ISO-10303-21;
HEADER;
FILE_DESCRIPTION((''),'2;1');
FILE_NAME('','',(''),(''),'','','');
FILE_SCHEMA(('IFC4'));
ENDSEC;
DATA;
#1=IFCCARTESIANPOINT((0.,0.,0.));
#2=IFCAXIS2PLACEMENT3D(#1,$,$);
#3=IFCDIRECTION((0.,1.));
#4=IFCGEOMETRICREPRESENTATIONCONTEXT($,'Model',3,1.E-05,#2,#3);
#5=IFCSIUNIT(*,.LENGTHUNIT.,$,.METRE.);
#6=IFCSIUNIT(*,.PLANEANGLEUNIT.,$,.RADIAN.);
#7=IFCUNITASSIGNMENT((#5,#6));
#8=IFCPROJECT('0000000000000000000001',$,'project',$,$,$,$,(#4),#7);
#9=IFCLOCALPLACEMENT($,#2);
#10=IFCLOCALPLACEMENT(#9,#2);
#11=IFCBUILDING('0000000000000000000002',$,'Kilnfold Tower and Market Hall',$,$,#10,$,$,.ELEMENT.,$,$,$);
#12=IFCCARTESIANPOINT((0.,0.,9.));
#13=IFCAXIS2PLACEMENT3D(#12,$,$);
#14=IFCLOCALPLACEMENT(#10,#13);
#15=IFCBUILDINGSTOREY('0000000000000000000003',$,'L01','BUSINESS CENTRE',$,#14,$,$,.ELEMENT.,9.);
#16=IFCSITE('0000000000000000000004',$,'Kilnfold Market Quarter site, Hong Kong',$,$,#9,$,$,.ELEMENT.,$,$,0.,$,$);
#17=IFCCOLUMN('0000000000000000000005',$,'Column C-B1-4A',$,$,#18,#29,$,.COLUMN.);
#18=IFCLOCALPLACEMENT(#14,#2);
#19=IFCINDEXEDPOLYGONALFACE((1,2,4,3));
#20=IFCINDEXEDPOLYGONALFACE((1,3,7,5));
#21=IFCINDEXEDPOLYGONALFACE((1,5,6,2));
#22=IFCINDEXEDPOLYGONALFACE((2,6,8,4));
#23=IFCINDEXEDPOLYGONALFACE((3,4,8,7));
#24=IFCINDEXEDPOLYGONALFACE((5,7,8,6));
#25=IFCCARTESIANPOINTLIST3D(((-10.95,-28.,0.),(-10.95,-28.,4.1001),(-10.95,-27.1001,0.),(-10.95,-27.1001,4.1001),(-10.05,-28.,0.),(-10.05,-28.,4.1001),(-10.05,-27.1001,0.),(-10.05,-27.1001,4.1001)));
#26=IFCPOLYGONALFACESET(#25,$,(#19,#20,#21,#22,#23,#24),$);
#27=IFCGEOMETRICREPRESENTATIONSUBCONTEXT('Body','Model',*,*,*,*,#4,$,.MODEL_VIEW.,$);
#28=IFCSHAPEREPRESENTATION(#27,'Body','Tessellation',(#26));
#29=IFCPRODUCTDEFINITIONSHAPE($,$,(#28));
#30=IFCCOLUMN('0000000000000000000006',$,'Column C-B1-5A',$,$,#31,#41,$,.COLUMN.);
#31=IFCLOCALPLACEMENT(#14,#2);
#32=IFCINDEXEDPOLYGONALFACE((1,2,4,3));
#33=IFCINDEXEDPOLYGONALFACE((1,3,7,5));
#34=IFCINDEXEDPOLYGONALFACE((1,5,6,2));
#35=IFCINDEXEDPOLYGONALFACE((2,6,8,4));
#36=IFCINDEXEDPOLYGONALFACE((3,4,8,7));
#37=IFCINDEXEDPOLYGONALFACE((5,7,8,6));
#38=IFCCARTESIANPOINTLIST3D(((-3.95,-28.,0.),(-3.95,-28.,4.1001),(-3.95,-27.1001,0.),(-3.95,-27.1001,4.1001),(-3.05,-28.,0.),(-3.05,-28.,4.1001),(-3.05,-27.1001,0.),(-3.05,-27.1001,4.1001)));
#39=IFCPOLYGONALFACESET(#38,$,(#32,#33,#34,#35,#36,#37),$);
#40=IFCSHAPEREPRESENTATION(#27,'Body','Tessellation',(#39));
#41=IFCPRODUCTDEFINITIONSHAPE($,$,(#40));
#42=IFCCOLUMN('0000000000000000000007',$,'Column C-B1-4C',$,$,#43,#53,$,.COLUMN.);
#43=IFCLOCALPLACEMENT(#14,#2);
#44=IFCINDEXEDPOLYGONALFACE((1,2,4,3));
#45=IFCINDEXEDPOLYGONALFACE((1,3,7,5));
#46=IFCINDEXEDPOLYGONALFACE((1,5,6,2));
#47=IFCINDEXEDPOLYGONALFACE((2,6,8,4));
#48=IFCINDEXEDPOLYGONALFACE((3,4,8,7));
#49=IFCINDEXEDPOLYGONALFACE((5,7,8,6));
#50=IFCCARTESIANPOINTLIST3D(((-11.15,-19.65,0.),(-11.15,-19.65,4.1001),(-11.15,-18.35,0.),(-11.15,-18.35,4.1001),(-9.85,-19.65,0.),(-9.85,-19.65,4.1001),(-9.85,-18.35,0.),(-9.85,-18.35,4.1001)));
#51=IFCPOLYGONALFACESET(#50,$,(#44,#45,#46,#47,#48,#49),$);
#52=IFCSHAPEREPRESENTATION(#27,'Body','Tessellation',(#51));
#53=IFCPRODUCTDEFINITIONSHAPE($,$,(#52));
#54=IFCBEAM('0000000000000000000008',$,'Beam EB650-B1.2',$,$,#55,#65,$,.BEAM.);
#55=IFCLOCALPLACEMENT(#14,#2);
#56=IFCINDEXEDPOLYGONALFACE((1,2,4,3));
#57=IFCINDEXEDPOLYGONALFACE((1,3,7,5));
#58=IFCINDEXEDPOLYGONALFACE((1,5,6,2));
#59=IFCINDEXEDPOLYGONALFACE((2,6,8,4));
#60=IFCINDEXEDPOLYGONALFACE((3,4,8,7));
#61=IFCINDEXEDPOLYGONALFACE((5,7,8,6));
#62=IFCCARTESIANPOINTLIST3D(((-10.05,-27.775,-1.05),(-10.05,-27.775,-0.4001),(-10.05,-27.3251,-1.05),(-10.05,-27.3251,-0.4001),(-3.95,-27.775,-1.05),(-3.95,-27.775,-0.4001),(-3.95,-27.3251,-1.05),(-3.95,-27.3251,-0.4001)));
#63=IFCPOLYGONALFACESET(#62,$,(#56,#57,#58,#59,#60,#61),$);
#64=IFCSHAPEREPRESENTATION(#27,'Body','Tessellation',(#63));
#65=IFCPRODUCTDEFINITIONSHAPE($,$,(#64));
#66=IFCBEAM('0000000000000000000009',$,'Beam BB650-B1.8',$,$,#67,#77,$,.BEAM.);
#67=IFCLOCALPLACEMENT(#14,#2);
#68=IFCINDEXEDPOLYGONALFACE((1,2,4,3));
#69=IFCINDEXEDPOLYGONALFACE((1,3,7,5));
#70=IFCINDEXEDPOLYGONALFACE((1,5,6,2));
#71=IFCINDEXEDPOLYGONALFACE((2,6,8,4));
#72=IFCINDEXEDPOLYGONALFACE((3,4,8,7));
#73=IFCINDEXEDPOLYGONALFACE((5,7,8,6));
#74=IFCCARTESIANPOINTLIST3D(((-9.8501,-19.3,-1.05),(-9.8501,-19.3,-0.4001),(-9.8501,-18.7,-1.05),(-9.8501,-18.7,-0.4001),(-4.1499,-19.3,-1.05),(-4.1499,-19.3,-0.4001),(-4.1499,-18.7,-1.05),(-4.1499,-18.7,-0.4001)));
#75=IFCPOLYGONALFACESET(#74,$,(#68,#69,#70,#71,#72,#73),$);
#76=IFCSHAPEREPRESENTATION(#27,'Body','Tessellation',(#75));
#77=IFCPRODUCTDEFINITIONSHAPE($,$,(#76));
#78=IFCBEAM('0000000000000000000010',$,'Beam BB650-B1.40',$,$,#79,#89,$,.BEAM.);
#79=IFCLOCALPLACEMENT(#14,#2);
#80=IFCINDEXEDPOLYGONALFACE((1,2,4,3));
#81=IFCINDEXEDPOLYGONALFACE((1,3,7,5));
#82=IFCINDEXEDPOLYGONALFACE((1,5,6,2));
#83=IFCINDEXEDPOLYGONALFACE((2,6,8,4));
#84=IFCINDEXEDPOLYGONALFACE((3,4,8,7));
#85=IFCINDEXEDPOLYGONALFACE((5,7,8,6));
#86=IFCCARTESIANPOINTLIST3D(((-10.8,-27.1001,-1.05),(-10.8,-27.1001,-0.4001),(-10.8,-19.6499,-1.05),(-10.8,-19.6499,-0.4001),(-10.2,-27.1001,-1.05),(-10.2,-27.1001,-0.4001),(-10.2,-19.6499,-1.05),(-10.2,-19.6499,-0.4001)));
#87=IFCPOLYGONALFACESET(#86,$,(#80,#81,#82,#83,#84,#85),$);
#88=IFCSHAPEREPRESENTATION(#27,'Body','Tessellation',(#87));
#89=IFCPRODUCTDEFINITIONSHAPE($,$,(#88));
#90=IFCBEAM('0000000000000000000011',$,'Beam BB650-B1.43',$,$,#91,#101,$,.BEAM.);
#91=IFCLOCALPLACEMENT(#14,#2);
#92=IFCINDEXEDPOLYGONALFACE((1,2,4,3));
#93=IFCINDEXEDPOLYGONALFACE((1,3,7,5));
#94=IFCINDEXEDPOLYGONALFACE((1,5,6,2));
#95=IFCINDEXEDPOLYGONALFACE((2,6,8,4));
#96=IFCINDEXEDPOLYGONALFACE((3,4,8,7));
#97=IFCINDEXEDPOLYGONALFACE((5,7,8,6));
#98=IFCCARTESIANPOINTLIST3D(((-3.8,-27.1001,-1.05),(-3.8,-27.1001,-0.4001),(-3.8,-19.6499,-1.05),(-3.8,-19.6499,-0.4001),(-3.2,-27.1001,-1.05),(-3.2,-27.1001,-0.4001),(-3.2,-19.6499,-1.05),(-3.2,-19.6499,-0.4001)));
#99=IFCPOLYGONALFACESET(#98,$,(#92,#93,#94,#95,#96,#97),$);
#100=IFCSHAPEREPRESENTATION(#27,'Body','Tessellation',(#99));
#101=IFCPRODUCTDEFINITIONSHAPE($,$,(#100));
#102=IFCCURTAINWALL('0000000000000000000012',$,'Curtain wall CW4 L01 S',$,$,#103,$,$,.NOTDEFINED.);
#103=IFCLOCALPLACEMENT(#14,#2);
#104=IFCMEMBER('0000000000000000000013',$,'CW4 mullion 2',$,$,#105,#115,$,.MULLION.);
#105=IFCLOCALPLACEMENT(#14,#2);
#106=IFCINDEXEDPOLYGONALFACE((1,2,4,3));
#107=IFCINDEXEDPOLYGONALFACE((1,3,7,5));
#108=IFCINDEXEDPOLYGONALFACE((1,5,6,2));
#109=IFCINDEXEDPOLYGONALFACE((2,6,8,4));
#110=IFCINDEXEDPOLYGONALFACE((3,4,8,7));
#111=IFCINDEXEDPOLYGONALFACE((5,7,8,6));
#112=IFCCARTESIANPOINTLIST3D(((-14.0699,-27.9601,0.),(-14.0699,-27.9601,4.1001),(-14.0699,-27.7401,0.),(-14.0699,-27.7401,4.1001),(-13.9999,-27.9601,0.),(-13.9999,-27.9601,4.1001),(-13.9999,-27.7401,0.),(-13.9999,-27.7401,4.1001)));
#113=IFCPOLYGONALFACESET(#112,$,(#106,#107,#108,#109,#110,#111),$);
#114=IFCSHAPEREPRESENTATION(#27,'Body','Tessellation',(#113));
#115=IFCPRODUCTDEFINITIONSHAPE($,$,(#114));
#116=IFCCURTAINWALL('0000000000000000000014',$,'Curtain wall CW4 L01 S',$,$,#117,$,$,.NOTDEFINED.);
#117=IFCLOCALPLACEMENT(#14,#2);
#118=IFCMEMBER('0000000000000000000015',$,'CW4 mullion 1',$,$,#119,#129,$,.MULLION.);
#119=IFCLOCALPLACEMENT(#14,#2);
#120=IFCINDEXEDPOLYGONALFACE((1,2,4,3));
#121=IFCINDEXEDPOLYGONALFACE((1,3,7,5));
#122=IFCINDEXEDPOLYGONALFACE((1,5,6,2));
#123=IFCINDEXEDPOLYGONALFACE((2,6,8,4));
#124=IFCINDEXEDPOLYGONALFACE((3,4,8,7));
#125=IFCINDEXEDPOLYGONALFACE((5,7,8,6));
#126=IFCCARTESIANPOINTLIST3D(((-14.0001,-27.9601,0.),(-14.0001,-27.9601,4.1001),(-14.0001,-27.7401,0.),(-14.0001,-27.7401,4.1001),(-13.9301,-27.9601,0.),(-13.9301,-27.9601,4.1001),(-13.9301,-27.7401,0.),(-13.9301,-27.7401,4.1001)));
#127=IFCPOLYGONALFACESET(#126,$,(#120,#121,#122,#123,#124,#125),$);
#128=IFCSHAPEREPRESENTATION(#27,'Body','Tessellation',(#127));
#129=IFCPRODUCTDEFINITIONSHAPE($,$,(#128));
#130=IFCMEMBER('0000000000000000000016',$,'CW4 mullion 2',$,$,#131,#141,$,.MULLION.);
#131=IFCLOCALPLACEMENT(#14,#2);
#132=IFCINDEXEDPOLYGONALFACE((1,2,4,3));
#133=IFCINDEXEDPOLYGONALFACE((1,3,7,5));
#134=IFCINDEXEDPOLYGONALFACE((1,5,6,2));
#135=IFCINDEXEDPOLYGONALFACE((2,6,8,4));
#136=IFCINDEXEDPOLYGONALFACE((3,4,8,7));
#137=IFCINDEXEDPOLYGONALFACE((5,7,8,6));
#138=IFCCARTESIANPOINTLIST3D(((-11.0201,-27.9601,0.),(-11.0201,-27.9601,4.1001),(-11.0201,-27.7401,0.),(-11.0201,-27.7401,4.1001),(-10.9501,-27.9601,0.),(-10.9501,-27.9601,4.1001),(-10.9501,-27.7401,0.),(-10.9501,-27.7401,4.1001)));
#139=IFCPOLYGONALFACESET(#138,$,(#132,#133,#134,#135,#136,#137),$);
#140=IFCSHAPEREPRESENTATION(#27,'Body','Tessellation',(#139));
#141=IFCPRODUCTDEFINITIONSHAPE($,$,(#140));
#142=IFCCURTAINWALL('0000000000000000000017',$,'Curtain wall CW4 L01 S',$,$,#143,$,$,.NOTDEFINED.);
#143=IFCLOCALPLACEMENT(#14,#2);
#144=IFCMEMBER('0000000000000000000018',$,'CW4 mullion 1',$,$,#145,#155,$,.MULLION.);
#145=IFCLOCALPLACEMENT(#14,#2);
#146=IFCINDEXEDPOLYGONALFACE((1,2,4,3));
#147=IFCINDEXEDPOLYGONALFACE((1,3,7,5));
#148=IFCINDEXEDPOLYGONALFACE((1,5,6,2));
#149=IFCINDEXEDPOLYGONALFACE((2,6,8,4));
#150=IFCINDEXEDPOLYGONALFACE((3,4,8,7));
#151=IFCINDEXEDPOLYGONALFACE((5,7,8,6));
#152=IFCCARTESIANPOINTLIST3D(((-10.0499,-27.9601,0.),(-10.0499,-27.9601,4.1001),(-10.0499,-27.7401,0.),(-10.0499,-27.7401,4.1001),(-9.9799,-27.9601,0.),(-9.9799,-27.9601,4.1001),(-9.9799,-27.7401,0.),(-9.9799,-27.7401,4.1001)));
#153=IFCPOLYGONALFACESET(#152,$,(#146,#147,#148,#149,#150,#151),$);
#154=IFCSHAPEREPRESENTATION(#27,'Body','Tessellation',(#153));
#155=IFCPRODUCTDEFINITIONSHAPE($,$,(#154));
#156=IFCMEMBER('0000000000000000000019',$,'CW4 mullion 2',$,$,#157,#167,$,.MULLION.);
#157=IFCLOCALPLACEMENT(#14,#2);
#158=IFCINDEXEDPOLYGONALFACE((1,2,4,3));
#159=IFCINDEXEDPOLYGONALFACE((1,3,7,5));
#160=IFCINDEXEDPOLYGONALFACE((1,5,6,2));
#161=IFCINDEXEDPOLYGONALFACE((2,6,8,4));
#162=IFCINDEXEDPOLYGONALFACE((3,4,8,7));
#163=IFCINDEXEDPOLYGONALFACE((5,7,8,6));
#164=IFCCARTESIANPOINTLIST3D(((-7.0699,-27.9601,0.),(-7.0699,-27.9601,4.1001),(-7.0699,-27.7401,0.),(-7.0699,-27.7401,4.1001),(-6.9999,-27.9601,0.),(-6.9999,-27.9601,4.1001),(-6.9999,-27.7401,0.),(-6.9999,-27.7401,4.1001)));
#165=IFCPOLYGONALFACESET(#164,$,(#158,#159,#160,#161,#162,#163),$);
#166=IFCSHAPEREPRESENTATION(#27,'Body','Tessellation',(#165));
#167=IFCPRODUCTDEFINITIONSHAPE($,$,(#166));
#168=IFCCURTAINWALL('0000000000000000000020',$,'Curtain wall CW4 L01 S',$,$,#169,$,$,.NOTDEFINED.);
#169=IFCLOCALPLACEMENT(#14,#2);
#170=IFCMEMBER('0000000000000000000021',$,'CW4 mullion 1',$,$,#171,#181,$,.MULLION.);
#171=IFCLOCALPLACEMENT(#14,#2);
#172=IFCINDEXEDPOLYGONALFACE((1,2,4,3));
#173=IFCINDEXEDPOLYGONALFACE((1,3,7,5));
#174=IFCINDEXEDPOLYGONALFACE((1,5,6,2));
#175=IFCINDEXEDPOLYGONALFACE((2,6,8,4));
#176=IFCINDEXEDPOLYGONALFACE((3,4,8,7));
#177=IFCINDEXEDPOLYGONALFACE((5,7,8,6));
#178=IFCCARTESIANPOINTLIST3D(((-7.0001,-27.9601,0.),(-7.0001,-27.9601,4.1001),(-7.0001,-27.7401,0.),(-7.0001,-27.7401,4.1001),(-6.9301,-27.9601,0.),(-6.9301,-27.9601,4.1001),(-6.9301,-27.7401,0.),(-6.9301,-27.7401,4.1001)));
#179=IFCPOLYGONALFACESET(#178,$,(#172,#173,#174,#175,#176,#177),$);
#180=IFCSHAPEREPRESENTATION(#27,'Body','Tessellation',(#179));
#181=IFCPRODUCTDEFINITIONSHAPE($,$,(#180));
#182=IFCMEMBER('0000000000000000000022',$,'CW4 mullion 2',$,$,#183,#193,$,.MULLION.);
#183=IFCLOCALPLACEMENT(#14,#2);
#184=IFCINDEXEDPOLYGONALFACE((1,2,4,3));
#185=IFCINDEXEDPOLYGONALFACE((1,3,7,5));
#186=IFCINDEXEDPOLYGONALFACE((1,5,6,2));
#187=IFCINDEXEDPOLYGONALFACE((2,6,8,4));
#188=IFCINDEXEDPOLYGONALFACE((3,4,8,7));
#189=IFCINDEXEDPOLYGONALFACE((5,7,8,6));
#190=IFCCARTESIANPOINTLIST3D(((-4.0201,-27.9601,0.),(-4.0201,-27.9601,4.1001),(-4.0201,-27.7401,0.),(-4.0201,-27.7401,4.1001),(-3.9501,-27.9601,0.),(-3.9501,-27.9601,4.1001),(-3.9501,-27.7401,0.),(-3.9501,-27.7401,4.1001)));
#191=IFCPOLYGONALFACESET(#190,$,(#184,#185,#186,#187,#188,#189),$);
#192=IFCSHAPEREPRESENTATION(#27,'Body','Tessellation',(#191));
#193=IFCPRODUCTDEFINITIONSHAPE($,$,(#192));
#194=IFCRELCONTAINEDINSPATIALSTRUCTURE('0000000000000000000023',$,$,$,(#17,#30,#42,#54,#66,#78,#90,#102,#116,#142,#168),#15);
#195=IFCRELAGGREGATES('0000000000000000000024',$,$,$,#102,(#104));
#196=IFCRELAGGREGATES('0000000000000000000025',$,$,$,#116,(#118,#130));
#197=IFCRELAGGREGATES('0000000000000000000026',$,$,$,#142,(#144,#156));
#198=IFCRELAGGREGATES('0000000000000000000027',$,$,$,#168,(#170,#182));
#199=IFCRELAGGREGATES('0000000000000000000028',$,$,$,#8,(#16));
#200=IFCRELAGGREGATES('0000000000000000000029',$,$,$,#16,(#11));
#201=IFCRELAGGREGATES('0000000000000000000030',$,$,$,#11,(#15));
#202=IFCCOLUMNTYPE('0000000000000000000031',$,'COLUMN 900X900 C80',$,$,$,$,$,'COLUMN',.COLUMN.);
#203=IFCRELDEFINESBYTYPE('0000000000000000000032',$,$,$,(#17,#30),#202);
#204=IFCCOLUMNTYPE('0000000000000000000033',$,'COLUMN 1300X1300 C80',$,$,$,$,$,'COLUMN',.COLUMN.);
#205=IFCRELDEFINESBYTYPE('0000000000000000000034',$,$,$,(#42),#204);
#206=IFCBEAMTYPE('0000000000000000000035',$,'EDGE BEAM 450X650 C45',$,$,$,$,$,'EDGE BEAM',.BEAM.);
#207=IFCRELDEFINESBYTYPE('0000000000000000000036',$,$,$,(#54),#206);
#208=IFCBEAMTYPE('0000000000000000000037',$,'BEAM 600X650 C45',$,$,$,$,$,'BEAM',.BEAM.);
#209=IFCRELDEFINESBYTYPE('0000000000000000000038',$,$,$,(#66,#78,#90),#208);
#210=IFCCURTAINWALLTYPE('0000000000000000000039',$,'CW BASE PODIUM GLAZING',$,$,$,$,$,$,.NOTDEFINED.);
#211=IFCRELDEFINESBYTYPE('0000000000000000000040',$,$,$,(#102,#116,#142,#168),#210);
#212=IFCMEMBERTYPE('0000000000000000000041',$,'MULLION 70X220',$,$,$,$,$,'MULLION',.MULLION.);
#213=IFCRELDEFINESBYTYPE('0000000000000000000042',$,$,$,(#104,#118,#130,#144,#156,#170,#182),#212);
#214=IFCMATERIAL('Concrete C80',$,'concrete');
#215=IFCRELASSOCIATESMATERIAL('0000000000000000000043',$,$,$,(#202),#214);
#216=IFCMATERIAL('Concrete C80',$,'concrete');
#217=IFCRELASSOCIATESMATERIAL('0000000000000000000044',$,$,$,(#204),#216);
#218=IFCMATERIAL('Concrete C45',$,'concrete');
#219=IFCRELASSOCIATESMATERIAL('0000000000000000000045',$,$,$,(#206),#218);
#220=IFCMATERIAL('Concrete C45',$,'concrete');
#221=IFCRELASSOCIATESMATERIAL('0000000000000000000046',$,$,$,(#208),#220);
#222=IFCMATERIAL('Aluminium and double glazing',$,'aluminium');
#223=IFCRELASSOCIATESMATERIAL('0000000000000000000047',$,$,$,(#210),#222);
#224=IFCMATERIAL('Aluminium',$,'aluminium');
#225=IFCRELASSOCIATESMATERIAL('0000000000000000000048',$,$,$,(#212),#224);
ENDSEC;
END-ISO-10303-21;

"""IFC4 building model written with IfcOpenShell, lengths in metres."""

from ifc_helpers import new_model, si_unit, direction, frame, origin, origin_2d, place, context, subcontext, project, spatial, rectangle, extrude, source, transform, mapped, material, material_profile, profile_set, type_object, element, aggregate, save


model = new_model("IFC4")

# Units and contexts
model_context = context("Model", 3, precision=1e-05, world=origin(), true_north=direction((0.0, 1.0)))
body_context = subcontext(model_context, "Body", "Model", "MODEL_VIEW")
ifc_project = project(units=[si_unit("LENGTHUNIT", "METRE"), si_unit("PLANEANGLEUNIT", "RADIAN")], contexts=[model_context])

# Site, building, storey
site_placement = place(None, origin())
site = spatial("IfcSite", under=ifc_project, at=site_placement, Name="Kilnfold Market Quarter site, Hong Kong", CompositionType="ELEMENT", RefElevation=0.0)
building_placement = place(site_placement, origin())
building = spatial("IfcBuilding", under=site, at=building_placement, Name="Kilnfold Tower and Market Hall", CompositionType="ELEMENT")
storey_placement = place(building_placement, frame((0.0, 0.0, 9.0)))
storey = spatial("IfcBuildingStorey", under=building, at=storey_placement, Name="L01", Description="BUSINESS CENTRE", CompositionType="ELEMENT", Elevation=9.0)

# Columns
ifc_material_1 = material(Name="Concrete C80", Category="concrete")
ifc_material_profile_1 = material_profile(ifc_material_1, rectangle(XDim=0.8999, YDim=0.8999, at=origin_2d()), Name="RC 900x900")
ifc_profile_set_1 = profile_set([ifc_material_profile_1], Name="Concrete C80")
column_type_1 = type_object("IfcColumnType", Name="COLUMN 900X900 C80", ElementType="COLUMN", PredefinedType="COLUMN", material=ifc_profile_set_1)
shared_shape_1 = source(origin(), body_context, "Body", "SweptSolid", [
    extrude(rectangle(XDim=0.8999, YDim=0.8999, at=origin_2d()), origin(), (0.0, 0.0, 1.0), 4.1001),
])
for number, where, z_axis, x_axis, name in (
    (1, (-10.5, -27.55, 0.0), (0.0, 0.0, 1.0), (1.0, 0.0, 0.0), "Column C-B1-4A"),
    (2, (-3.5, -27.55, 0.0), (0.0, 0.0, 1.0), (1.0, 0.0, 0.0), "Column C-B1-5A"),
):
    element("IfcColumn", number, at=place(storey_placement, frame(where, z_axis=z_axis, x_axis=x_axis)), inside=storey, type_object=column_type_1, Name=name, PredefinedType="COLUMN", context=body_context, shape_type="MappedRepresentation", body=[
        mapped(shared_shape_1, transform((0.0, 0.0, 0.0))),
    ])
ifc_material_2 = material(Name="Concrete C80", Category="concrete")
ifc_material_profile_2 = material_profile(ifc_material_2, rectangle(XDim=1.3, YDim=1.3, at=origin_2d()), Name="RC 1300x1300")
ifc_profile_set_2 = profile_set([ifc_material_profile_2], Name="Concrete C80")
column_type_2 = type_object("IfcColumnType", Name="COLUMN 1300X1300 C80", ElementType="COLUMN", PredefinedType="COLUMN", material=ifc_profile_set_2)
shared_shape_2 = source(origin(), body_context, "Body", "SweptSolid", [
    extrude(rectangle(XDim=1.3, YDim=1.3, at=origin_2d()), origin(), (0.0, 0.0, 1.0), 4.1001),
])
column_placement = place(storey_placement, frame((-10.5, -19.0, 0.0), z_axis=(0.0, 0.0, 1.0), x_axis=(1.0, 0.0, 0.0)))
element("IfcColumn", 3, at=column_placement, inside=storey, type_object=column_type_2, Name="Column C-B1-4C", PredefinedType="COLUMN", context=body_context, shape_type="MappedRepresentation", body=[
    mapped(shared_shape_2, transform((0.0, 0.0, 0.0))),
])

# Beams
ifc_material_3 = material(Name="Concrete C45", Category="concrete")
ifc_material_profile_3 = material_profile(ifc_material_3, rectangle(XDim=0.45, YDim=0.6499, at=origin_2d()), Name="RC 450x650")
ifc_profile_set_3 = profile_set([ifc_material_profile_3], Name="Concrete C45")
beam_type_1 = type_object("IfcBeamType", Name="EDGE BEAM 450X650 C45", ElementType="EDGE BEAM", PredefinedType="BEAM", material=ifc_profile_set_3)
shared_shape_3 = source(origin(), body_context, "Body", "SweptSolid", [
    extrude(rectangle(XDim=0.45, YDim=0.6499, at=origin_2d()), origin(), (0.0, 0.0, 1.0), 6.1001),
])
beam_1_placement = place(storey_placement, frame((-10.05, -27.55, -0.7251), z_axis=(1.0, 0.0, 0.0), x_axis=(0.0, 1.0, 0.0)))
element("IfcBeam", 4, at=beam_1_placement, inside=storey, type_object=beam_type_1, Name="Beam EB650-B1.2", PredefinedType="BEAM", context=body_context, shape_type="MappedRepresentation", body=[
    mapped(shared_shape_3, transform((0.0, 0.0, 0.0))),
])
ifc_material_4 = material(Name="Concrete C45", Category="concrete")
ifc_material_profile_4 = material_profile(ifc_material_4, rectangle(XDim=0.6001, YDim=0.6499, at=origin_2d()), Name="RC 600x650")
ifc_profile_set_4 = profile_set([ifc_material_profile_4], Name="Concrete C45")
beam_type_2 = type_object("IfcBeamType", Name="BEAM 600X650 C45", ElementType="BEAM", PredefinedType="BEAM", material=ifc_profile_set_4)
shared_shape_4 = source(origin(), body_context, "Body", "SweptSolid", [
    extrude(rectangle(XDim=0.6001, YDim=0.6499, at=origin_2d()), origin(), (0.0, 0.0, 1.0), 5.7002),
])
beam_2_placement = place(storey_placement, frame((-9.8501, -19.0, -0.7251), z_axis=(1.0, 0.0, 0.0), x_axis=(0.0, 1.0, 0.0)))
element("IfcBeam", 5, at=beam_2_placement, inside=storey, type_object=beam_type_2, Name="Beam BB650-B1.8", PredefinedType="BEAM", context=body_context, shape_type="MappedRepresentation", body=[
    mapped(shared_shape_4, transform((0.0, 0.0, 0.0))),
])
shared_shape_5 = source(origin(), body_context, "Body", "SweptSolid", [
    extrude(rectangle(XDim=0.6001, YDim=0.6499, at=origin_2d()), origin(), (0.0, 0.0, 1.0), 7.4502),
])
for number, where, z_axis, x_axis, name in (
    (6, (-10.5, -27.1001, -0.7251), (0.0, 1.0, 0.0), (-1.0, 0.0, 0.0), "Beam BB650-B1.40"),
    (7, (-3.5, -27.1001, -0.7251), (0.0, 1.0, 0.0), (-1.0, 0.0, 0.0), "Beam BB650-B1.43"),
):
    element("IfcBeam", number, at=place(storey_placement, frame(where, z_axis=z_axis, x_axis=x_axis)), inside=storey, type_object=beam_type_2, Name=name, PredefinedType="BEAM", context=body_context, shape_type="MappedRepresentation", body=[
        mapped(shared_shape_5, transform((0.0, 0.0, 0.0))),
    ])

# Curtain wall, member
ifc_material_5 = material(Name="Aluminium and double glazing", Category="aluminium")
curtain_wall_type = type_object("IfcCurtainWallType", Name="CW BASE PODIUM GLAZING", PredefinedType="NOTDEFINED", material=ifc_material_5)
curtain_wall_1_placement = place(storey_placement, origin())
curtain_wall_1 = element("IfcCurtainWall", 8, at=curtain_wall_1_placement, inside=storey, type_object=curtain_wall_type, Name="Curtain wall CW4 L01 S", PredefinedType="NOTDEFINED")
ifc_material_6 = material(Name="Aluminium", Category="aluminium")
ifc_material_profile_5 = material_profile(ifc_material_6, rectangle(XDim=0.0701, YDim=0.22, at=origin_2d()), Name="MULLION 70x220")
ifc_profile_set_5 = profile_set([ifc_material_profile_5], Name="Aluminium")
member_type_1 = type_object("IfcMemberType", Name="MULLION 70X220", ElementType="MULLION", PredefinedType="MULLION", material=ifc_profile_set_5)
shared_shape_6 = source(origin(), body_context, "Body", "SweptSolid", [
    extrude(rectangle(XDim=0.0701, YDim=0.22, at=origin_2d()), origin(), (0.0, 0.0, 1.0), 4.1001),
])
member_1_placement = place(storey_placement, frame((-14.0349, -27.8501, 0.0), z_axis=(0.0, 0.0, 1.0), x_axis=(1.0, 0.0, 0.0)))
member_1 = element("IfcMember", 9, at=member_1_placement, type_object=member_type_1, Name="CW4 mullion 2", PredefinedType="MULLION", context=body_context, shape_type="MappedRepresentation", body=[
    mapped(shared_shape_6, transform((0.0, 0.0, 0.0))),
])

# Curtain walls, members
curtain_wall_2_placement = place(storey_placement, origin())
curtain_wall_2 = element("IfcCurtainWall", 10, at=curtain_wall_2_placement, inside=storey, type_object=curtain_wall_type, Name="Curtain wall CW4 L01 S", PredefinedType="NOTDEFINED")
member_2_placement = place(storey_placement, frame((-13.9651, -27.8501, 0.0), z_axis=(0.0, 0.0, 1.0), x_axis=(1.0, 0.0, 0.0)))
member_2 = element("IfcMember", 11, at=member_2_placement, type_object=member_type_1, Name="CW4 mullion 1", PredefinedType="MULLION", context=body_context, shape_type="MappedRepresentation", body=[
    mapped(shared_shape_6, transform((0.0, 0.0, 0.0))),
])
member_3_placement = place(storey_placement, frame((-10.9851, -27.8501, 0.0), z_axis=(0.0, 0.0, 1.0), x_axis=(1.0, 0.0, 0.0)))
member_3 = element("IfcMember", 12, at=member_3_placement, type_object=member_type_1, Name="CW4 mullion 2", PredefinedType="MULLION", context=body_context, shape_type="MappedRepresentation", body=[
    mapped(shared_shape_6, transform((0.0, 0.0, 0.0))),
])
curtain_wall_3_placement = place(storey_placement, origin())
curtain_wall_3 = element("IfcCurtainWall", 13, at=curtain_wall_3_placement, inside=storey, type_object=curtain_wall_type, Name="Curtain wall CW4 L01 S", PredefinedType="NOTDEFINED")
member_4_placement = place(storey_placement, frame((-10.0149, -27.8501, 0.0), z_axis=(0.0, 0.0, 1.0), x_axis=(1.0, 0.0, 0.0)))
member_4 = element("IfcMember", 14, at=member_4_placement, type_object=member_type_1, Name="CW4 mullion 1", PredefinedType="MULLION", context=body_context, shape_type="MappedRepresentation", body=[
    mapped(shared_shape_6, transform((0.0, 0.0, 0.0))),
])
member_5_placement = place(storey_placement, frame((-7.0349, -27.8501, 0.0), z_axis=(0.0, 0.0, 1.0), x_axis=(1.0, 0.0, 0.0)))
member_5 = element("IfcMember", 15, at=member_5_placement, type_object=member_type_1, Name="CW4 mullion 2", PredefinedType="MULLION", context=body_context, shape_type="MappedRepresentation", body=[
    mapped(shared_shape_6, transform((0.0, 0.0, 0.0))),
])
curtain_wall_4_placement = place(storey_placement, origin())
curtain_wall_4 = element("IfcCurtainWall", 16, at=curtain_wall_4_placement, inside=storey, type_object=curtain_wall_type, Name="Curtain wall CW4 L01 S", PredefinedType="NOTDEFINED")
member_6_placement = place(storey_placement, frame((-6.9651, -27.8501, 0.0), z_axis=(0.0, 0.0, 1.0), x_axis=(1.0, 0.0, 0.0)))
member_6 = element("IfcMember", 17, at=member_6_placement, type_object=member_type_1, Name="CW4 mullion 1", PredefinedType="MULLION", context=body_context, shape_type="MappedRepresentation", body=[
    mapped(shared_shape_6, transform((0.0, 0.0, 0.0))),
])
member_7_placement = place(storey_placement, frame((-3.9851, -27.8501, 0.0), z_axis=(0.0, 0.0, 1.0), x_axis=(1.0, 0.0, 0.0)))
member_7 = element("IfcMember", 18, at=member_7_placement, type_object=member_type_1, Name="CW4 mullion 2", PredefinedType="MULLION", context=body_context, shape_type="MappedRepresentation", body=[
    mapped(shared_shape_6, transform((0.0, 0.0, 0.0))),
])

aggregate(curtain_wall_1, [member_1])
aggregate(curtain_wall_2, [member_2, member_3])
aggregate(curtain_wall_3, [member_4, member_5])
aggregate(curtain_wall_4, [member_6, member_7])

save(model, "model.ifc")
